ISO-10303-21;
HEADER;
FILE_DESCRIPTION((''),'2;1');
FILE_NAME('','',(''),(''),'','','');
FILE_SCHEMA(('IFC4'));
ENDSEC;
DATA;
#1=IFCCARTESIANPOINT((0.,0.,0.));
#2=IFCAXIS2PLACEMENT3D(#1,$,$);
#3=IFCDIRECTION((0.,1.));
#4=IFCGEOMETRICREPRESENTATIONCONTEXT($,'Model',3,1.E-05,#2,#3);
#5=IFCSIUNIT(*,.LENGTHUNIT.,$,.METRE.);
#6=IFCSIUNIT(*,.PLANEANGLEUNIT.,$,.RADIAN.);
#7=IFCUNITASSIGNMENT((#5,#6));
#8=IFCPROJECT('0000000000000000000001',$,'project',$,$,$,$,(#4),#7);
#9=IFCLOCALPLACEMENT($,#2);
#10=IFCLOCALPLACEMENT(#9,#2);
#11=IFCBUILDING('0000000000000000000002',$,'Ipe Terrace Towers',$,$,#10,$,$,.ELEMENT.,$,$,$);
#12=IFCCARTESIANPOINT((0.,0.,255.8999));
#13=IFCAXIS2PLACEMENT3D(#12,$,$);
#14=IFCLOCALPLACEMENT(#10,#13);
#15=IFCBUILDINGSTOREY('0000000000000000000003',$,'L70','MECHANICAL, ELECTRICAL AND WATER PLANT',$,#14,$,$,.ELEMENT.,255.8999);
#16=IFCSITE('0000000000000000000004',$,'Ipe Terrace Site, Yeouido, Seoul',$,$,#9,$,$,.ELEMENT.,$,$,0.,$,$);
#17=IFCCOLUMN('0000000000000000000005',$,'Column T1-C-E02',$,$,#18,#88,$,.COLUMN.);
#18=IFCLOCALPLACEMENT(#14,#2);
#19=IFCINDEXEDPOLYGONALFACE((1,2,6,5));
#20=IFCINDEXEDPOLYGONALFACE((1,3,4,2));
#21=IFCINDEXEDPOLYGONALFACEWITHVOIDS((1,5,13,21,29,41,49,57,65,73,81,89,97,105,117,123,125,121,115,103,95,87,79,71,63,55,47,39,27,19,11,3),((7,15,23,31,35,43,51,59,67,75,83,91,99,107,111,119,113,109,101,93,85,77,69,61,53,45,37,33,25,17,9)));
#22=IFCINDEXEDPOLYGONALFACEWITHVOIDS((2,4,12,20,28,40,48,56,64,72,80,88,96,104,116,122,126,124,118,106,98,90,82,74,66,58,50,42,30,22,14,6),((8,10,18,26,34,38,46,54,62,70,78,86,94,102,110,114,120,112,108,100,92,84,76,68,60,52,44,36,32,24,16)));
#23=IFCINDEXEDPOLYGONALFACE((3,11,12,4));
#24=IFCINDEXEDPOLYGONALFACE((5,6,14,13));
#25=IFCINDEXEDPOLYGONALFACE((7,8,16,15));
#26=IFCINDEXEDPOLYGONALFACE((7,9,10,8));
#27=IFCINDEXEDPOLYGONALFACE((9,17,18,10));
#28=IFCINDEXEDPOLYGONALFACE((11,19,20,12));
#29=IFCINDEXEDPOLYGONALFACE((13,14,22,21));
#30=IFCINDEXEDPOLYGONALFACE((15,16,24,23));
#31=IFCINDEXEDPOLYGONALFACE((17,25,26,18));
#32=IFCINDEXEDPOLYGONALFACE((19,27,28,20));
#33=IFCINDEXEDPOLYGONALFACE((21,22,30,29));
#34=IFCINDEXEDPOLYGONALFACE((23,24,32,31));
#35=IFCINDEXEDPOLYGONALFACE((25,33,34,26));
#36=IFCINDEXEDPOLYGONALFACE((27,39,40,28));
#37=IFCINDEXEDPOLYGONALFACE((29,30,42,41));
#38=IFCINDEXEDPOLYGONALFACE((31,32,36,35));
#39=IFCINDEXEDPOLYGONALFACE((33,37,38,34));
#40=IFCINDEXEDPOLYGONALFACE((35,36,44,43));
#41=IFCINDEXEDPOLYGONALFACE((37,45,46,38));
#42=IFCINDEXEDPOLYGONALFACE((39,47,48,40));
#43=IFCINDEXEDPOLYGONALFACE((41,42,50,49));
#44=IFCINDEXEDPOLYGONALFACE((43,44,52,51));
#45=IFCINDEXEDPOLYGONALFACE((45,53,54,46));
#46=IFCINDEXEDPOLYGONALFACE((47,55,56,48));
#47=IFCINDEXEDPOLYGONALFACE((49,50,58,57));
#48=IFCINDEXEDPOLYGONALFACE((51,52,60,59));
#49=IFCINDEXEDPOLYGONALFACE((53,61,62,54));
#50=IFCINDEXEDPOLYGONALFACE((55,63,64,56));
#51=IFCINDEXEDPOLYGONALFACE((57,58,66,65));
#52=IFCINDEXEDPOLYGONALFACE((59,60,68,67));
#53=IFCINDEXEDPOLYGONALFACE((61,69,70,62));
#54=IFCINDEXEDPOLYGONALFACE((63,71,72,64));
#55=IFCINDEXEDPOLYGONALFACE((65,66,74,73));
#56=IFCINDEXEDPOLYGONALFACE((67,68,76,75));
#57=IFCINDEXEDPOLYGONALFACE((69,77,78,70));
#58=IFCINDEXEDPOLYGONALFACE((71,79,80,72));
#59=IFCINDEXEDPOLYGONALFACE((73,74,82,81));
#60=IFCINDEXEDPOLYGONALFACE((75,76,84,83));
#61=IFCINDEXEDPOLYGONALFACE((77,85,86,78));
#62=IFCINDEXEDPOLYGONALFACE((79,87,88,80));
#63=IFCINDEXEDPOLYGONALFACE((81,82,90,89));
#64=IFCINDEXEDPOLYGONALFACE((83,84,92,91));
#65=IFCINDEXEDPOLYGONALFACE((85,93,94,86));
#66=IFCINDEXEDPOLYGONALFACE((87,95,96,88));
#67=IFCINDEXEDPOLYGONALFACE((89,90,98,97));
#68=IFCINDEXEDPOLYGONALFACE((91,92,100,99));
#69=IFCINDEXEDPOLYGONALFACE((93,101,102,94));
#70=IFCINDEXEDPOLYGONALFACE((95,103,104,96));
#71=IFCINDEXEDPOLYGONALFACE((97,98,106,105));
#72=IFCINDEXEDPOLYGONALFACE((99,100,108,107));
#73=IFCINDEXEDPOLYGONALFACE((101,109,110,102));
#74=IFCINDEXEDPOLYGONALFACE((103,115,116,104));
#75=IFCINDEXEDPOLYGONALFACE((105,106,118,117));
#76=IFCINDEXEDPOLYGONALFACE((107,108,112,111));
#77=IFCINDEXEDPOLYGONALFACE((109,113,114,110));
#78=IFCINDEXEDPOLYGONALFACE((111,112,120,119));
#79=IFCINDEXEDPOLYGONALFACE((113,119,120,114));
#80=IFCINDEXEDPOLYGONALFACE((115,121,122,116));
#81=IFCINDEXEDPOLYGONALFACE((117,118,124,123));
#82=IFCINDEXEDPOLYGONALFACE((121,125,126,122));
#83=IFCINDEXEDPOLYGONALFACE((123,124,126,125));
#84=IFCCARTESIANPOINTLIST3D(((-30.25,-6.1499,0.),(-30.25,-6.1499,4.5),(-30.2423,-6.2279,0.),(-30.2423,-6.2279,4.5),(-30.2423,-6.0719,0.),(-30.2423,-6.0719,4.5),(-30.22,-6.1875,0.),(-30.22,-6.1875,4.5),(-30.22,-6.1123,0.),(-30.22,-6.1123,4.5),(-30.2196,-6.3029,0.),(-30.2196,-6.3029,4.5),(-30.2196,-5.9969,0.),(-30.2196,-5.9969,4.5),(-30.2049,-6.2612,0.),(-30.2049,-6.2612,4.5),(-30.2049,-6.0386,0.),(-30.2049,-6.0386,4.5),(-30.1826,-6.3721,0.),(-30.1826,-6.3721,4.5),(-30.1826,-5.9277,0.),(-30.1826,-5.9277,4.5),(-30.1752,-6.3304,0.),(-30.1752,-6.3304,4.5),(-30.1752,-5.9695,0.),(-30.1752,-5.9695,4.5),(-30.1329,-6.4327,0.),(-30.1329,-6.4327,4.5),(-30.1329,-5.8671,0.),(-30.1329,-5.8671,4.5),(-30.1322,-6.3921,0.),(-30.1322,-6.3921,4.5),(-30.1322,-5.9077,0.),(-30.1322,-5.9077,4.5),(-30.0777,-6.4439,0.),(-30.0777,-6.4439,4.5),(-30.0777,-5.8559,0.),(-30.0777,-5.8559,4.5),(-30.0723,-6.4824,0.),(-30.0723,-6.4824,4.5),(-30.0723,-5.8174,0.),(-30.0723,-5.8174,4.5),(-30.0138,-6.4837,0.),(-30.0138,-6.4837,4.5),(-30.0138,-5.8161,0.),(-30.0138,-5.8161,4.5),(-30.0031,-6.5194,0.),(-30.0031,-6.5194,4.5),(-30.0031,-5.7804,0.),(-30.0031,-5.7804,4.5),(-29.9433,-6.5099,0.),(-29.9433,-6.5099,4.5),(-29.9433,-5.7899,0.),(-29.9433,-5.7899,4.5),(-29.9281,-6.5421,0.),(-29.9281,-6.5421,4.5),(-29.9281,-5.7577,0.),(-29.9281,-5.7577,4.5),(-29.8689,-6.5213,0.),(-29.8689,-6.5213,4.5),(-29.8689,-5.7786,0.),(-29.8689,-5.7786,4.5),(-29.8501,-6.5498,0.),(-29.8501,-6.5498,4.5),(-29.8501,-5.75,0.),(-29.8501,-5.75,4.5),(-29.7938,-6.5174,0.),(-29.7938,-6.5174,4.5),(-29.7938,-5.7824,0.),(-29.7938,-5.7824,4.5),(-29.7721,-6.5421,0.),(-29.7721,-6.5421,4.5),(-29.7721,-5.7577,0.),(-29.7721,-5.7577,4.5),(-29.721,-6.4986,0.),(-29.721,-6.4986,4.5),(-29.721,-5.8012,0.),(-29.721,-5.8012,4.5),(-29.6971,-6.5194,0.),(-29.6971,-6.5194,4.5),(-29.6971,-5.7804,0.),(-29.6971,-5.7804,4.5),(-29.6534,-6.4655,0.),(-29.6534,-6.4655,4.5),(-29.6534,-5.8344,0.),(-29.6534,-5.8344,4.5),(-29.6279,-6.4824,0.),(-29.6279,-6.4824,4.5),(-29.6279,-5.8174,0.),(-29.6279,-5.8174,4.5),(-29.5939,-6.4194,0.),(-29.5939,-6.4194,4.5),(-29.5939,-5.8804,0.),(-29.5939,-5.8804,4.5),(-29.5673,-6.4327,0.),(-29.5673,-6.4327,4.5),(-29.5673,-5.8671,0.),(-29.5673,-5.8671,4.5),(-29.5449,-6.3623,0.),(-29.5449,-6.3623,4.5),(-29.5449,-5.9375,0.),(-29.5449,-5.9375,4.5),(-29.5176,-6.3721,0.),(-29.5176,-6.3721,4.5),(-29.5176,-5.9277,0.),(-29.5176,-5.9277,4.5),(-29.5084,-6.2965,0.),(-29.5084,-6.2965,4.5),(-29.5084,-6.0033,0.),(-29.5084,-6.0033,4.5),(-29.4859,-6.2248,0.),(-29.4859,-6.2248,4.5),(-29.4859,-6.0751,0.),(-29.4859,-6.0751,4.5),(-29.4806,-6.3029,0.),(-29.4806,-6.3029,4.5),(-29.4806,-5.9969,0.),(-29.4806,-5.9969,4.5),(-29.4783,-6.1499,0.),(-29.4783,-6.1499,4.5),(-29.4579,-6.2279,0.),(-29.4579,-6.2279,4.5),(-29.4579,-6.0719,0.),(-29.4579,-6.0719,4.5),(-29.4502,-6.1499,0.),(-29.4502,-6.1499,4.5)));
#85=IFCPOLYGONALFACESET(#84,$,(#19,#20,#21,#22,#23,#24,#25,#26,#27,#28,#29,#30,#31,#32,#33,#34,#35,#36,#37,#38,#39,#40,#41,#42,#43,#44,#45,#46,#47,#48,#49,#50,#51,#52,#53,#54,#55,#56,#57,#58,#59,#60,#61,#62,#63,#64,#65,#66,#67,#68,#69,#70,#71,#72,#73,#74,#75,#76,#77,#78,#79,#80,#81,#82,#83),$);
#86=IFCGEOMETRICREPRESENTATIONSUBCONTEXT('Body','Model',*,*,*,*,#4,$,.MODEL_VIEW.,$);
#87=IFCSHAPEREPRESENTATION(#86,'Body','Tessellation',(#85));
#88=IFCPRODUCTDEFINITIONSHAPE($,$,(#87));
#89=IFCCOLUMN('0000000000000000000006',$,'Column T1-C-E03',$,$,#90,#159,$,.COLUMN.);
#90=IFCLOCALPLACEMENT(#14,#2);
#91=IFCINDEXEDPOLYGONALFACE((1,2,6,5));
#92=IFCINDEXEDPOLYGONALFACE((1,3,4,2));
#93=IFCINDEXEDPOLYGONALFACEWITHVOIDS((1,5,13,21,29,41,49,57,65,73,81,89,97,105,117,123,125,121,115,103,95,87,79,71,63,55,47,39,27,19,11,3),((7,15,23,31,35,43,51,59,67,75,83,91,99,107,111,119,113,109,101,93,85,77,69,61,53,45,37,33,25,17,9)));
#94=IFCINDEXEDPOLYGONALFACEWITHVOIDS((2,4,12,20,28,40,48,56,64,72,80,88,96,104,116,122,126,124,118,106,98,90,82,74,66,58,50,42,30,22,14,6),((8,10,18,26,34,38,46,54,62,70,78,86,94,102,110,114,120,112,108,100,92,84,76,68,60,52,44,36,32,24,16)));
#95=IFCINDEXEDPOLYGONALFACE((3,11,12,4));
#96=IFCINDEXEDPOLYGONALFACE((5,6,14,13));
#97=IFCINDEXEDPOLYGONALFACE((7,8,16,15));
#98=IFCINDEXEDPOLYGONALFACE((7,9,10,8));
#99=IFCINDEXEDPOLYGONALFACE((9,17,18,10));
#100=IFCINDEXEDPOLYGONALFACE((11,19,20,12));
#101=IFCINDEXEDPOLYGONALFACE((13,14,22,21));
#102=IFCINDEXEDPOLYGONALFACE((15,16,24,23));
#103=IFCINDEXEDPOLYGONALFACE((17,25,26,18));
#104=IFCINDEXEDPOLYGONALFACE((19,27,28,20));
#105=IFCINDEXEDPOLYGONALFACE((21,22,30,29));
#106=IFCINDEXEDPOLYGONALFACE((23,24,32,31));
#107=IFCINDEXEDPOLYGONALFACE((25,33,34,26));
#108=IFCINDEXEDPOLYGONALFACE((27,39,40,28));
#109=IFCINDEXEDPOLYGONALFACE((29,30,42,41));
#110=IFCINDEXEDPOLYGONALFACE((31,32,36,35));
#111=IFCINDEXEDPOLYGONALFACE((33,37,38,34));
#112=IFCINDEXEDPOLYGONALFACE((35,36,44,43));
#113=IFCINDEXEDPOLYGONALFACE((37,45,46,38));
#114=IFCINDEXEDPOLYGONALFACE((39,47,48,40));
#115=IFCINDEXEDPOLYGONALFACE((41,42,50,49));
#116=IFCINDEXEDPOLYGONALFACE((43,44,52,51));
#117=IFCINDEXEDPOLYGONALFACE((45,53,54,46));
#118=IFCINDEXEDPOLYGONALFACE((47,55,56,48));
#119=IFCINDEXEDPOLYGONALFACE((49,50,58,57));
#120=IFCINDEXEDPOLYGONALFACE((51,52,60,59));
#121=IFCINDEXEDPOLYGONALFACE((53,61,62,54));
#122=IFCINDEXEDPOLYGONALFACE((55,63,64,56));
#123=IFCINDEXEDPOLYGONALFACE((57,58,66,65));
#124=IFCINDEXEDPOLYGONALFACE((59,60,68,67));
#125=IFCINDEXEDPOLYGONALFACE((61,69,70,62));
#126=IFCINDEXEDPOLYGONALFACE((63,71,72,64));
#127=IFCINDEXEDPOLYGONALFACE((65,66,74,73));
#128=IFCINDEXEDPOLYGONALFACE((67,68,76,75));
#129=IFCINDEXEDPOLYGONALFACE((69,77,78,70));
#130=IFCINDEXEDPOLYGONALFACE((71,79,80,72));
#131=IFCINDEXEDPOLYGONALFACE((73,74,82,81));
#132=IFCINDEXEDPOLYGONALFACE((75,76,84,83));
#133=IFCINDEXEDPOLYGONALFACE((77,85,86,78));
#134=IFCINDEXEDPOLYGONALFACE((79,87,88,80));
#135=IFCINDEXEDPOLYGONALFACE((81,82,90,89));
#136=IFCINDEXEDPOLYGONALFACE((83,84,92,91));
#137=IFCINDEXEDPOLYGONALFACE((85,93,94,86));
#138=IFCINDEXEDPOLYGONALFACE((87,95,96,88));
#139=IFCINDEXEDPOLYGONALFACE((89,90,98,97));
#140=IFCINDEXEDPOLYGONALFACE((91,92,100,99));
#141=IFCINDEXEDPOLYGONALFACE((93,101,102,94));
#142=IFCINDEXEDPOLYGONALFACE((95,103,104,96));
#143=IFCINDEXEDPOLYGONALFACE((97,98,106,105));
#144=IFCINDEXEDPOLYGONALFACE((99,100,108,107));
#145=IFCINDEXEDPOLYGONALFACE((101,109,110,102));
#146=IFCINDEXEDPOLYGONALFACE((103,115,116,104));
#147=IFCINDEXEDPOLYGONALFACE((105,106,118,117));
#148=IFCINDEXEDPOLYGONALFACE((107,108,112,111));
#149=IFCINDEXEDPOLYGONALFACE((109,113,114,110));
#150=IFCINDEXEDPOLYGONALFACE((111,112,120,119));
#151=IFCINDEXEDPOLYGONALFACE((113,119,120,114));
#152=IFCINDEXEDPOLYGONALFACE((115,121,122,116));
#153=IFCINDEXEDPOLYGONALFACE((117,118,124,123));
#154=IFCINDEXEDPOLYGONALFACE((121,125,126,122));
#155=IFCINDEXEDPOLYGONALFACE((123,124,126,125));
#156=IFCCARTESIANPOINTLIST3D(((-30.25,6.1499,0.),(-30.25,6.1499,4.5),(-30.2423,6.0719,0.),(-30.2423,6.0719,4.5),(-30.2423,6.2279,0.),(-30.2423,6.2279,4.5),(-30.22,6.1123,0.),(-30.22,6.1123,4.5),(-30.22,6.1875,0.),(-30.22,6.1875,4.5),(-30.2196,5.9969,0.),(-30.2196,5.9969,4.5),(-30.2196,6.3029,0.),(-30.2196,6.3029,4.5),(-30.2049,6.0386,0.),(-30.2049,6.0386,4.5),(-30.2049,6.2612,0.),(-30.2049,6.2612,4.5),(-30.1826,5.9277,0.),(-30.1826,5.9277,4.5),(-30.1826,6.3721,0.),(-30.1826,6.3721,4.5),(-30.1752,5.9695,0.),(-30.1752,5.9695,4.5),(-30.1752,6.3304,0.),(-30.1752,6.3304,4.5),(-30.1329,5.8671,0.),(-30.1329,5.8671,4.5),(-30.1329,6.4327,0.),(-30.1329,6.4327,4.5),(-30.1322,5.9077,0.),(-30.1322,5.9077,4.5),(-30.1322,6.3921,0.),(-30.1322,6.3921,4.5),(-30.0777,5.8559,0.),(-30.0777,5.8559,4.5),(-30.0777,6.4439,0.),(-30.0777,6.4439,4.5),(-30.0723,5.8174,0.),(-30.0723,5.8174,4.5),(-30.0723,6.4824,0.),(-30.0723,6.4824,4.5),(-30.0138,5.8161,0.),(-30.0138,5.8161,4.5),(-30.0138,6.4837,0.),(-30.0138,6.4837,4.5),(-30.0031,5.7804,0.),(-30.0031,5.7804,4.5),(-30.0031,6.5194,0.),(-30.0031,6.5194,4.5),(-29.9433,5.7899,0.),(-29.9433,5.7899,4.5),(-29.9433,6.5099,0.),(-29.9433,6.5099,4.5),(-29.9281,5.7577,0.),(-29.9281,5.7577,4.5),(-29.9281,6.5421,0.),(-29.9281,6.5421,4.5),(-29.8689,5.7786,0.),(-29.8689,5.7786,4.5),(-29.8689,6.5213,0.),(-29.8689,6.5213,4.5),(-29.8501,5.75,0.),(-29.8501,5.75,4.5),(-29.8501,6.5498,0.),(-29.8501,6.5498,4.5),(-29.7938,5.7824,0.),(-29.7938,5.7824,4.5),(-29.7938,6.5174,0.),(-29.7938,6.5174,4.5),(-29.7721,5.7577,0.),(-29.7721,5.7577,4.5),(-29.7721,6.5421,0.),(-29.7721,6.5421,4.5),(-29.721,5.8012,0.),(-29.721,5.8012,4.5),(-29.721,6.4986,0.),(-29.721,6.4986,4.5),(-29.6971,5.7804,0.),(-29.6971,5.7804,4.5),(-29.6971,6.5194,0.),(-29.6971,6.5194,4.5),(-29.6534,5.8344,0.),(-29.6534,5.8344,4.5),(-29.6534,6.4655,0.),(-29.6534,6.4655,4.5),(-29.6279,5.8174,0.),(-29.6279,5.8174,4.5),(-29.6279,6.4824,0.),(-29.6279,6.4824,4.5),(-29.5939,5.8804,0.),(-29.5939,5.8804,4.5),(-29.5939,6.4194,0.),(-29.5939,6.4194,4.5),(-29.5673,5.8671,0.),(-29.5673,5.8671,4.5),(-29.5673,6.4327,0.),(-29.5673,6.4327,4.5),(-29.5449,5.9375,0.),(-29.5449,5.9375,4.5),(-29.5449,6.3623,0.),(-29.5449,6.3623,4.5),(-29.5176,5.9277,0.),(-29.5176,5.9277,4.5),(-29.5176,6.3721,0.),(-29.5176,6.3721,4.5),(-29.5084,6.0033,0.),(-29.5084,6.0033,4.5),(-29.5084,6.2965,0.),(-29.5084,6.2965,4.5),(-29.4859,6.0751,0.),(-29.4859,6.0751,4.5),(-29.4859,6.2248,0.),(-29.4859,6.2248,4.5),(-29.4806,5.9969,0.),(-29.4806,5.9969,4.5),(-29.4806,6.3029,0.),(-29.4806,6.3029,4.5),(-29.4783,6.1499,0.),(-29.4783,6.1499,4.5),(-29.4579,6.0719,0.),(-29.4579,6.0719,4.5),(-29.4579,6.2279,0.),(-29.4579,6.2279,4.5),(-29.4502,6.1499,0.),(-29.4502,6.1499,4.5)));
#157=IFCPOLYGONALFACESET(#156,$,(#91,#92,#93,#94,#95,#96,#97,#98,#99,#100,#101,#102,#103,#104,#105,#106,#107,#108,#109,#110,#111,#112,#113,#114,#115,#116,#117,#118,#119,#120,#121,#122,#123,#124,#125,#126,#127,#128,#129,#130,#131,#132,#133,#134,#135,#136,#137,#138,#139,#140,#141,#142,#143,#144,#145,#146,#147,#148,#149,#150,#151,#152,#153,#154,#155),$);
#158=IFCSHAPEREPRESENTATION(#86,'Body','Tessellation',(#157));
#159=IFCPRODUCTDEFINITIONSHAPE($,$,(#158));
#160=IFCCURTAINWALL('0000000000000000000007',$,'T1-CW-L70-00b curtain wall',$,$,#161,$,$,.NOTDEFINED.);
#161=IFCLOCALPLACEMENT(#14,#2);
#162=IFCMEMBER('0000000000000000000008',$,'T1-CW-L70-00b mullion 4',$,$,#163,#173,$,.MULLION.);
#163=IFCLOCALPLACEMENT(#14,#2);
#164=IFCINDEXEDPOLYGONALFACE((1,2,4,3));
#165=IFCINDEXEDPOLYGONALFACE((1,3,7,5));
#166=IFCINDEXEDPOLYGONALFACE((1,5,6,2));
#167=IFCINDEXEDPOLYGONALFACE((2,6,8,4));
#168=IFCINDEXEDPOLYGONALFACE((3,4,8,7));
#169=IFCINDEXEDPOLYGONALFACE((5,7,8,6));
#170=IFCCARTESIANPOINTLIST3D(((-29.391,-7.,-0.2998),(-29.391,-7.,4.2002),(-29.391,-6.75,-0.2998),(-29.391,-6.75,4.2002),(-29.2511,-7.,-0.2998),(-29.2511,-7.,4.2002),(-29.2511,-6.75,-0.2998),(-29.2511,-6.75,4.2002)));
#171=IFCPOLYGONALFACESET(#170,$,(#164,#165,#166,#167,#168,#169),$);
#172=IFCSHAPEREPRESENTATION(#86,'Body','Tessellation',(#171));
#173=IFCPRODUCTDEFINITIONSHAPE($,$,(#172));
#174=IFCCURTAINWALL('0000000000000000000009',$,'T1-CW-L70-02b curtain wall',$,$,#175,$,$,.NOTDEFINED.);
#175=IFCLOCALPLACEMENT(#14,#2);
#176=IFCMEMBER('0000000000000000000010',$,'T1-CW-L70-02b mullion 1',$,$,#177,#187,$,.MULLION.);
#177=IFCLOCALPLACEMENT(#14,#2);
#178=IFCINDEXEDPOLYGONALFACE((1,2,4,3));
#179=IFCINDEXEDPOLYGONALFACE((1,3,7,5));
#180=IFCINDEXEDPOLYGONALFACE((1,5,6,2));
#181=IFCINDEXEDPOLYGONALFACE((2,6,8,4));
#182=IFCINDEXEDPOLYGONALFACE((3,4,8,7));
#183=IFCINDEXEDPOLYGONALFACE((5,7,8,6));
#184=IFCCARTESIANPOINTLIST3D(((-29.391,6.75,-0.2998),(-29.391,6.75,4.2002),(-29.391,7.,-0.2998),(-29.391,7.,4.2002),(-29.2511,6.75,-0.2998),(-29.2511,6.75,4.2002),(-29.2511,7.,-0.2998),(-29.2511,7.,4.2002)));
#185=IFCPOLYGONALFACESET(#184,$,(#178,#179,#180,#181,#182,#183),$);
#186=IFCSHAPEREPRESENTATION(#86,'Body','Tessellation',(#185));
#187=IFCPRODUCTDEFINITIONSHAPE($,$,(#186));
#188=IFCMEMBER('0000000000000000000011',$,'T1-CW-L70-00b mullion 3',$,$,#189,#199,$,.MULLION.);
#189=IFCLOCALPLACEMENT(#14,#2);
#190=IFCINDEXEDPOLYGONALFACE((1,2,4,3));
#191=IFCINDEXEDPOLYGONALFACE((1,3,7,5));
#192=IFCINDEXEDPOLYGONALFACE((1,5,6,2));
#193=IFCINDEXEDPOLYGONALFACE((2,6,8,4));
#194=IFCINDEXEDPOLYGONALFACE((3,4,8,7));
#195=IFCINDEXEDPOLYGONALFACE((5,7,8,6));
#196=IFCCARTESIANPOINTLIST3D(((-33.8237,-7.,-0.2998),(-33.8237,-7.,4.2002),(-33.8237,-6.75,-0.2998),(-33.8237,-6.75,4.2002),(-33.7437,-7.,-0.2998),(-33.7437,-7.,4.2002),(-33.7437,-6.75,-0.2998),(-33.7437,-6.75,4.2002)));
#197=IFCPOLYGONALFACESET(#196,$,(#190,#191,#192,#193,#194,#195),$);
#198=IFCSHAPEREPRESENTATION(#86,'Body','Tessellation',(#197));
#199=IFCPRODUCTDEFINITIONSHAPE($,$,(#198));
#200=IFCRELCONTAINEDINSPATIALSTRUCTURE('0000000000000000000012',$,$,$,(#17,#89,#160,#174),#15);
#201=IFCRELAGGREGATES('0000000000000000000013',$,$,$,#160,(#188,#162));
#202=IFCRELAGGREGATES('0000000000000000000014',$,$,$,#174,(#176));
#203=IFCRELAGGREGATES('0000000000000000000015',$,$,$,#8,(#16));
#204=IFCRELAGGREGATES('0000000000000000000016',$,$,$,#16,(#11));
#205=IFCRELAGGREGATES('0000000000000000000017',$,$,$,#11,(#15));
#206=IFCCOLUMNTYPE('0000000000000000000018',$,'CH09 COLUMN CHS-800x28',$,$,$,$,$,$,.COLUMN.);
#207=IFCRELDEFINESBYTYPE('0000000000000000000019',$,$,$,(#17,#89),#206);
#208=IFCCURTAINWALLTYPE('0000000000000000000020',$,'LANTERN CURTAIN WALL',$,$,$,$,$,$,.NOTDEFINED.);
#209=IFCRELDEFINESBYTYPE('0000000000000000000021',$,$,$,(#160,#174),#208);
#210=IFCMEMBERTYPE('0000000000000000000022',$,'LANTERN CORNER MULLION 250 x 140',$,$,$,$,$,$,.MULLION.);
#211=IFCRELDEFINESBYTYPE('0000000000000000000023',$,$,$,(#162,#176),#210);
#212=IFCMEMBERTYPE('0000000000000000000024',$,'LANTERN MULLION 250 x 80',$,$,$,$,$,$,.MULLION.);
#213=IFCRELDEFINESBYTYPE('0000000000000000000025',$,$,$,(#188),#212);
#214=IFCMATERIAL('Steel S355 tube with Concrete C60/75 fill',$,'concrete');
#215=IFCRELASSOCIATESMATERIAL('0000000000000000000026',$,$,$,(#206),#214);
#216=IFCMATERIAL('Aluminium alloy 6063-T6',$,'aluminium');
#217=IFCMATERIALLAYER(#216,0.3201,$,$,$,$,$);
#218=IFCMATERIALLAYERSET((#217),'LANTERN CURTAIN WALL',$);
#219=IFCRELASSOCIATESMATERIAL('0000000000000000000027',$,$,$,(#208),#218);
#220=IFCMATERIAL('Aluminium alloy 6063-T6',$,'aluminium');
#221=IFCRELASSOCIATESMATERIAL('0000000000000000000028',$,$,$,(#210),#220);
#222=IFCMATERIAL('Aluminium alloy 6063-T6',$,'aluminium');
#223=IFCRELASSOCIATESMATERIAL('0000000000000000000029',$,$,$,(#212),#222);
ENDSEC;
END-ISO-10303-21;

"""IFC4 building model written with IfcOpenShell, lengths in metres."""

from ifc_helpers import new_model, si_unit, direction, frame, origin, origin_2d, place, context, subcontext, project, spatial, rectangle, hollow_circle, extrude, material, layer, layer_set, material_profile, profile_set, type_object, element, aggregate, save


model = new_model("IFC4")

# Units and contexts
model_context = context("Model", 3, precision=1e-05, world=origin(), true_north=direction((0.0, 1.0)))
body_context = subcontext(model_context, "Body", "Model", "MODEL_VIEW")
ifc_project = project(units=[si_unit("LENGTHUNIT", "METRE"), si_unit("PLANEANGLEUNIT", "RADIAN")], contexts=[model_context])

# Site, building, storey
site_placement = place(None, origin())
site = spatial("IfcSite", under=ifc_project, at=site_placement, Name="Ipe Terrace Site, Yeouido, Seoul", CompositionType="ELEMENT", RefElevation=0.0)
building_placement = place(site_placement, origin())
building = spatial("IfcBuilding", under=site, at=building_placement, Name="Ipe Terrace Towers", CompositionType="ELEMENT")
storey_placement = place(building_placement, frame((0.0, 0.0, 255.8999)))
storey = spatial("IfcBuildingStorey", under=building, at=storey_placement, Name="L70", Description="MECHANICAL, ELECTRICAL AND WATER PLANT", CompositionType="ELEMENT", Elevation=255.8999)

# Columns
ifc_material_1 = material(Name="Steel S355 tube with Concrete C60/75 fill", Category="concrete")
ifc_material_profile_1 = material_profile(ifc_material_1, hollow_circle(Radius=0.3999, WallThickness=0.0281, at=origin_2d()), Name="CHS-800x28")
ifc_profile_set_1 = profile_set([ifc_material_profile_1], Name="Steel S355 tube with Concrete C60/75 fill")
column_type = type_object("IfcColumnType", Name="CH09 COLUMN CHS-800x28", PredefinedType="COLUMN", material=ifc_profile_set_1)
for number, where, z_axis, x_axis, name in (
    (1, (-29.8501, -6.1499, 0.0), (0.0, 0.0, 1.0), (1.0, 0.0, 0.0), "Column T1-C-E02"),
    (2, (-29.8501, 6.1499, 0.0), (0.0, 0.0, 1.0), (1.0, 0.0, 0.0), "Column T1-C-E03"),
):
    element("IfcColumn", number, at=place(storey_placement, frame(where, z_axis=z_axis, x_axis=x_axis)), inside=storey, type_object=column_type, Name=name, PredefinedType="COLUMN", context=body_context, shape_type="SweptSolid", body=[
        extrude(hollow_circle(Radius=0.3999, WallThickness=0.0281, at=origin_2d()), origin(), (0.0, 0.0, 1.0), 4.5),
    ])

# Curtain walls, members
ifc_material_2 = material(Name="Aluminium alloy 6063-T6", Category="aluminium")
ifc_layer_1 = layer(ifc_material_2, 0.3201)
ifc_layer_set_1 = layer_set([ifc_layer_1], Name="LANTERN CURTAIN WALL")
curtain_wall_type = type_object("IfcCurtainWallType", Name="LANTERN CURTAIN WALL", PredefinedType="NOTDEFINED", material=ifc_layer_set_1)
curtain_wall_1_placement = place(storey_placement, origin())
curtain_wall_1 = element("IfcCurtainWall", 3, at=curtain_wall_1_placement, inside=storey, type_object=curtain_wall_type, Name="T1-CW-L70-00b curtain wall", PredefinedType="NOTDEFINED")
ifc_material_3 = material(Name="Aluminium alloy 6063-T6", Category="aluminium")
ifc_material_profile_2 = material_profile(ifc_material_3, rectangle(XDim=0.25, YDim=0.1399, at=origin_2d()), Name="LANTERN CORNER MULLION 250 x 140")
ifc_profile_set_2 = profile_set([ifc_material_profile_2], Name="Aluminium alloy 6063-T6")
member_type_1 = type_object("IfcMemberType", Name="LANTERN CORNER MULLION 250 x 140", PredefinedType="MULLION", material=ifc_profile_set_2)
member_1_placement = place(storey_placement, frame((-29.321, -6.875, -0.2998), z_axis=(0.0, 0.0, 1.0), x_axis=(0.0, -1.0, 0.0)))
member_1 = element("IfcMember", 4, at=member_1_placement, type_object=member_type_1, Name="T1-CW-L70-00b mullion 4", PredefinedType="MULLION", context=body_context, shape_type="SweptSolid", body=[
    extrude(rectangle(XDim=0.25, YDim=0.1399, at=origin_2d()), origin(), (0.0, 0.0, 1.0), 4.5),
])
curtain_wall_2_placement = place(storey_placement, origin())
curtain_wall_2 = element("IfcCurtainWall", 5, at=curtain_wall_2_placement, inside=storey, type_object=curtain_wall_type, Name="T1-CW-L70-02b curtain wall", PredefinedType="NOTDEFINED")
member_2_placement = place(storey_placement, frame((-29.321, 6.875, -0.2998), z_axis=(0.0, 0.0, 1.0), x_axis=(0.0, 1.0, 0.0)))
member_2 = element("IfcMember", 6, at=member_2_placement, type_object=member_type_1, Name="T1-CW-L70-02b mullion 1", PredefinedType="MULLION", context=body_context, shape_type="SweptSolid", body=[
    extrude(rectangle(XDim=0.25, YDim=0.1399, at=origin_2d()), origin(), (0.0, 0.0, 1.0), 4.5),
])

# Member
ifc_material_4 = material(Name="Aluminium alloy 6063-T6", Category="aluminium")
ifc_material_profile_3 = material_profile(ifc_material_4, rectangle(XDim=0.25, YDim=0.0801, at=origin_2d()), Name="LANTERN MULLION 250 x 80")
ifc_profile_set_3 = profile_set([ifc_material_profile_3], Name="Aluminium alloy 6063-T6")
member_type_2 = type_object("IfcMemberType", Name="LANTERN MULLION 250 x 80", PredefinedType="MULLION", material=ifc_profile_set_3)
member_3_placement = place(storey_placement, frame((-33.7837, -6.875, -0.2998), z_axis=(0.0, 0.0, 1.0), x_axis=(0.0, -1.0, 0.0)))
member_3 = element("IfcMember", 7, at=member_3_placement, type_object=member_type_2, Name="T1-CW-L70-00b mullion 3", PredefinedType="MULLION", context=body_context, shape_type="SweptSolid", body=[
    extrude(rectangle(XDim=0.25, YDim=0.0801, at=origin_2d()), origin(), (0.0, 0.0, 1.0), 4.5),
])

aggregate(curtain_wall_1, [member_3, member_1])
aggregate(curtain_wall_2, [member_2])

save(model, "model.ifc")
